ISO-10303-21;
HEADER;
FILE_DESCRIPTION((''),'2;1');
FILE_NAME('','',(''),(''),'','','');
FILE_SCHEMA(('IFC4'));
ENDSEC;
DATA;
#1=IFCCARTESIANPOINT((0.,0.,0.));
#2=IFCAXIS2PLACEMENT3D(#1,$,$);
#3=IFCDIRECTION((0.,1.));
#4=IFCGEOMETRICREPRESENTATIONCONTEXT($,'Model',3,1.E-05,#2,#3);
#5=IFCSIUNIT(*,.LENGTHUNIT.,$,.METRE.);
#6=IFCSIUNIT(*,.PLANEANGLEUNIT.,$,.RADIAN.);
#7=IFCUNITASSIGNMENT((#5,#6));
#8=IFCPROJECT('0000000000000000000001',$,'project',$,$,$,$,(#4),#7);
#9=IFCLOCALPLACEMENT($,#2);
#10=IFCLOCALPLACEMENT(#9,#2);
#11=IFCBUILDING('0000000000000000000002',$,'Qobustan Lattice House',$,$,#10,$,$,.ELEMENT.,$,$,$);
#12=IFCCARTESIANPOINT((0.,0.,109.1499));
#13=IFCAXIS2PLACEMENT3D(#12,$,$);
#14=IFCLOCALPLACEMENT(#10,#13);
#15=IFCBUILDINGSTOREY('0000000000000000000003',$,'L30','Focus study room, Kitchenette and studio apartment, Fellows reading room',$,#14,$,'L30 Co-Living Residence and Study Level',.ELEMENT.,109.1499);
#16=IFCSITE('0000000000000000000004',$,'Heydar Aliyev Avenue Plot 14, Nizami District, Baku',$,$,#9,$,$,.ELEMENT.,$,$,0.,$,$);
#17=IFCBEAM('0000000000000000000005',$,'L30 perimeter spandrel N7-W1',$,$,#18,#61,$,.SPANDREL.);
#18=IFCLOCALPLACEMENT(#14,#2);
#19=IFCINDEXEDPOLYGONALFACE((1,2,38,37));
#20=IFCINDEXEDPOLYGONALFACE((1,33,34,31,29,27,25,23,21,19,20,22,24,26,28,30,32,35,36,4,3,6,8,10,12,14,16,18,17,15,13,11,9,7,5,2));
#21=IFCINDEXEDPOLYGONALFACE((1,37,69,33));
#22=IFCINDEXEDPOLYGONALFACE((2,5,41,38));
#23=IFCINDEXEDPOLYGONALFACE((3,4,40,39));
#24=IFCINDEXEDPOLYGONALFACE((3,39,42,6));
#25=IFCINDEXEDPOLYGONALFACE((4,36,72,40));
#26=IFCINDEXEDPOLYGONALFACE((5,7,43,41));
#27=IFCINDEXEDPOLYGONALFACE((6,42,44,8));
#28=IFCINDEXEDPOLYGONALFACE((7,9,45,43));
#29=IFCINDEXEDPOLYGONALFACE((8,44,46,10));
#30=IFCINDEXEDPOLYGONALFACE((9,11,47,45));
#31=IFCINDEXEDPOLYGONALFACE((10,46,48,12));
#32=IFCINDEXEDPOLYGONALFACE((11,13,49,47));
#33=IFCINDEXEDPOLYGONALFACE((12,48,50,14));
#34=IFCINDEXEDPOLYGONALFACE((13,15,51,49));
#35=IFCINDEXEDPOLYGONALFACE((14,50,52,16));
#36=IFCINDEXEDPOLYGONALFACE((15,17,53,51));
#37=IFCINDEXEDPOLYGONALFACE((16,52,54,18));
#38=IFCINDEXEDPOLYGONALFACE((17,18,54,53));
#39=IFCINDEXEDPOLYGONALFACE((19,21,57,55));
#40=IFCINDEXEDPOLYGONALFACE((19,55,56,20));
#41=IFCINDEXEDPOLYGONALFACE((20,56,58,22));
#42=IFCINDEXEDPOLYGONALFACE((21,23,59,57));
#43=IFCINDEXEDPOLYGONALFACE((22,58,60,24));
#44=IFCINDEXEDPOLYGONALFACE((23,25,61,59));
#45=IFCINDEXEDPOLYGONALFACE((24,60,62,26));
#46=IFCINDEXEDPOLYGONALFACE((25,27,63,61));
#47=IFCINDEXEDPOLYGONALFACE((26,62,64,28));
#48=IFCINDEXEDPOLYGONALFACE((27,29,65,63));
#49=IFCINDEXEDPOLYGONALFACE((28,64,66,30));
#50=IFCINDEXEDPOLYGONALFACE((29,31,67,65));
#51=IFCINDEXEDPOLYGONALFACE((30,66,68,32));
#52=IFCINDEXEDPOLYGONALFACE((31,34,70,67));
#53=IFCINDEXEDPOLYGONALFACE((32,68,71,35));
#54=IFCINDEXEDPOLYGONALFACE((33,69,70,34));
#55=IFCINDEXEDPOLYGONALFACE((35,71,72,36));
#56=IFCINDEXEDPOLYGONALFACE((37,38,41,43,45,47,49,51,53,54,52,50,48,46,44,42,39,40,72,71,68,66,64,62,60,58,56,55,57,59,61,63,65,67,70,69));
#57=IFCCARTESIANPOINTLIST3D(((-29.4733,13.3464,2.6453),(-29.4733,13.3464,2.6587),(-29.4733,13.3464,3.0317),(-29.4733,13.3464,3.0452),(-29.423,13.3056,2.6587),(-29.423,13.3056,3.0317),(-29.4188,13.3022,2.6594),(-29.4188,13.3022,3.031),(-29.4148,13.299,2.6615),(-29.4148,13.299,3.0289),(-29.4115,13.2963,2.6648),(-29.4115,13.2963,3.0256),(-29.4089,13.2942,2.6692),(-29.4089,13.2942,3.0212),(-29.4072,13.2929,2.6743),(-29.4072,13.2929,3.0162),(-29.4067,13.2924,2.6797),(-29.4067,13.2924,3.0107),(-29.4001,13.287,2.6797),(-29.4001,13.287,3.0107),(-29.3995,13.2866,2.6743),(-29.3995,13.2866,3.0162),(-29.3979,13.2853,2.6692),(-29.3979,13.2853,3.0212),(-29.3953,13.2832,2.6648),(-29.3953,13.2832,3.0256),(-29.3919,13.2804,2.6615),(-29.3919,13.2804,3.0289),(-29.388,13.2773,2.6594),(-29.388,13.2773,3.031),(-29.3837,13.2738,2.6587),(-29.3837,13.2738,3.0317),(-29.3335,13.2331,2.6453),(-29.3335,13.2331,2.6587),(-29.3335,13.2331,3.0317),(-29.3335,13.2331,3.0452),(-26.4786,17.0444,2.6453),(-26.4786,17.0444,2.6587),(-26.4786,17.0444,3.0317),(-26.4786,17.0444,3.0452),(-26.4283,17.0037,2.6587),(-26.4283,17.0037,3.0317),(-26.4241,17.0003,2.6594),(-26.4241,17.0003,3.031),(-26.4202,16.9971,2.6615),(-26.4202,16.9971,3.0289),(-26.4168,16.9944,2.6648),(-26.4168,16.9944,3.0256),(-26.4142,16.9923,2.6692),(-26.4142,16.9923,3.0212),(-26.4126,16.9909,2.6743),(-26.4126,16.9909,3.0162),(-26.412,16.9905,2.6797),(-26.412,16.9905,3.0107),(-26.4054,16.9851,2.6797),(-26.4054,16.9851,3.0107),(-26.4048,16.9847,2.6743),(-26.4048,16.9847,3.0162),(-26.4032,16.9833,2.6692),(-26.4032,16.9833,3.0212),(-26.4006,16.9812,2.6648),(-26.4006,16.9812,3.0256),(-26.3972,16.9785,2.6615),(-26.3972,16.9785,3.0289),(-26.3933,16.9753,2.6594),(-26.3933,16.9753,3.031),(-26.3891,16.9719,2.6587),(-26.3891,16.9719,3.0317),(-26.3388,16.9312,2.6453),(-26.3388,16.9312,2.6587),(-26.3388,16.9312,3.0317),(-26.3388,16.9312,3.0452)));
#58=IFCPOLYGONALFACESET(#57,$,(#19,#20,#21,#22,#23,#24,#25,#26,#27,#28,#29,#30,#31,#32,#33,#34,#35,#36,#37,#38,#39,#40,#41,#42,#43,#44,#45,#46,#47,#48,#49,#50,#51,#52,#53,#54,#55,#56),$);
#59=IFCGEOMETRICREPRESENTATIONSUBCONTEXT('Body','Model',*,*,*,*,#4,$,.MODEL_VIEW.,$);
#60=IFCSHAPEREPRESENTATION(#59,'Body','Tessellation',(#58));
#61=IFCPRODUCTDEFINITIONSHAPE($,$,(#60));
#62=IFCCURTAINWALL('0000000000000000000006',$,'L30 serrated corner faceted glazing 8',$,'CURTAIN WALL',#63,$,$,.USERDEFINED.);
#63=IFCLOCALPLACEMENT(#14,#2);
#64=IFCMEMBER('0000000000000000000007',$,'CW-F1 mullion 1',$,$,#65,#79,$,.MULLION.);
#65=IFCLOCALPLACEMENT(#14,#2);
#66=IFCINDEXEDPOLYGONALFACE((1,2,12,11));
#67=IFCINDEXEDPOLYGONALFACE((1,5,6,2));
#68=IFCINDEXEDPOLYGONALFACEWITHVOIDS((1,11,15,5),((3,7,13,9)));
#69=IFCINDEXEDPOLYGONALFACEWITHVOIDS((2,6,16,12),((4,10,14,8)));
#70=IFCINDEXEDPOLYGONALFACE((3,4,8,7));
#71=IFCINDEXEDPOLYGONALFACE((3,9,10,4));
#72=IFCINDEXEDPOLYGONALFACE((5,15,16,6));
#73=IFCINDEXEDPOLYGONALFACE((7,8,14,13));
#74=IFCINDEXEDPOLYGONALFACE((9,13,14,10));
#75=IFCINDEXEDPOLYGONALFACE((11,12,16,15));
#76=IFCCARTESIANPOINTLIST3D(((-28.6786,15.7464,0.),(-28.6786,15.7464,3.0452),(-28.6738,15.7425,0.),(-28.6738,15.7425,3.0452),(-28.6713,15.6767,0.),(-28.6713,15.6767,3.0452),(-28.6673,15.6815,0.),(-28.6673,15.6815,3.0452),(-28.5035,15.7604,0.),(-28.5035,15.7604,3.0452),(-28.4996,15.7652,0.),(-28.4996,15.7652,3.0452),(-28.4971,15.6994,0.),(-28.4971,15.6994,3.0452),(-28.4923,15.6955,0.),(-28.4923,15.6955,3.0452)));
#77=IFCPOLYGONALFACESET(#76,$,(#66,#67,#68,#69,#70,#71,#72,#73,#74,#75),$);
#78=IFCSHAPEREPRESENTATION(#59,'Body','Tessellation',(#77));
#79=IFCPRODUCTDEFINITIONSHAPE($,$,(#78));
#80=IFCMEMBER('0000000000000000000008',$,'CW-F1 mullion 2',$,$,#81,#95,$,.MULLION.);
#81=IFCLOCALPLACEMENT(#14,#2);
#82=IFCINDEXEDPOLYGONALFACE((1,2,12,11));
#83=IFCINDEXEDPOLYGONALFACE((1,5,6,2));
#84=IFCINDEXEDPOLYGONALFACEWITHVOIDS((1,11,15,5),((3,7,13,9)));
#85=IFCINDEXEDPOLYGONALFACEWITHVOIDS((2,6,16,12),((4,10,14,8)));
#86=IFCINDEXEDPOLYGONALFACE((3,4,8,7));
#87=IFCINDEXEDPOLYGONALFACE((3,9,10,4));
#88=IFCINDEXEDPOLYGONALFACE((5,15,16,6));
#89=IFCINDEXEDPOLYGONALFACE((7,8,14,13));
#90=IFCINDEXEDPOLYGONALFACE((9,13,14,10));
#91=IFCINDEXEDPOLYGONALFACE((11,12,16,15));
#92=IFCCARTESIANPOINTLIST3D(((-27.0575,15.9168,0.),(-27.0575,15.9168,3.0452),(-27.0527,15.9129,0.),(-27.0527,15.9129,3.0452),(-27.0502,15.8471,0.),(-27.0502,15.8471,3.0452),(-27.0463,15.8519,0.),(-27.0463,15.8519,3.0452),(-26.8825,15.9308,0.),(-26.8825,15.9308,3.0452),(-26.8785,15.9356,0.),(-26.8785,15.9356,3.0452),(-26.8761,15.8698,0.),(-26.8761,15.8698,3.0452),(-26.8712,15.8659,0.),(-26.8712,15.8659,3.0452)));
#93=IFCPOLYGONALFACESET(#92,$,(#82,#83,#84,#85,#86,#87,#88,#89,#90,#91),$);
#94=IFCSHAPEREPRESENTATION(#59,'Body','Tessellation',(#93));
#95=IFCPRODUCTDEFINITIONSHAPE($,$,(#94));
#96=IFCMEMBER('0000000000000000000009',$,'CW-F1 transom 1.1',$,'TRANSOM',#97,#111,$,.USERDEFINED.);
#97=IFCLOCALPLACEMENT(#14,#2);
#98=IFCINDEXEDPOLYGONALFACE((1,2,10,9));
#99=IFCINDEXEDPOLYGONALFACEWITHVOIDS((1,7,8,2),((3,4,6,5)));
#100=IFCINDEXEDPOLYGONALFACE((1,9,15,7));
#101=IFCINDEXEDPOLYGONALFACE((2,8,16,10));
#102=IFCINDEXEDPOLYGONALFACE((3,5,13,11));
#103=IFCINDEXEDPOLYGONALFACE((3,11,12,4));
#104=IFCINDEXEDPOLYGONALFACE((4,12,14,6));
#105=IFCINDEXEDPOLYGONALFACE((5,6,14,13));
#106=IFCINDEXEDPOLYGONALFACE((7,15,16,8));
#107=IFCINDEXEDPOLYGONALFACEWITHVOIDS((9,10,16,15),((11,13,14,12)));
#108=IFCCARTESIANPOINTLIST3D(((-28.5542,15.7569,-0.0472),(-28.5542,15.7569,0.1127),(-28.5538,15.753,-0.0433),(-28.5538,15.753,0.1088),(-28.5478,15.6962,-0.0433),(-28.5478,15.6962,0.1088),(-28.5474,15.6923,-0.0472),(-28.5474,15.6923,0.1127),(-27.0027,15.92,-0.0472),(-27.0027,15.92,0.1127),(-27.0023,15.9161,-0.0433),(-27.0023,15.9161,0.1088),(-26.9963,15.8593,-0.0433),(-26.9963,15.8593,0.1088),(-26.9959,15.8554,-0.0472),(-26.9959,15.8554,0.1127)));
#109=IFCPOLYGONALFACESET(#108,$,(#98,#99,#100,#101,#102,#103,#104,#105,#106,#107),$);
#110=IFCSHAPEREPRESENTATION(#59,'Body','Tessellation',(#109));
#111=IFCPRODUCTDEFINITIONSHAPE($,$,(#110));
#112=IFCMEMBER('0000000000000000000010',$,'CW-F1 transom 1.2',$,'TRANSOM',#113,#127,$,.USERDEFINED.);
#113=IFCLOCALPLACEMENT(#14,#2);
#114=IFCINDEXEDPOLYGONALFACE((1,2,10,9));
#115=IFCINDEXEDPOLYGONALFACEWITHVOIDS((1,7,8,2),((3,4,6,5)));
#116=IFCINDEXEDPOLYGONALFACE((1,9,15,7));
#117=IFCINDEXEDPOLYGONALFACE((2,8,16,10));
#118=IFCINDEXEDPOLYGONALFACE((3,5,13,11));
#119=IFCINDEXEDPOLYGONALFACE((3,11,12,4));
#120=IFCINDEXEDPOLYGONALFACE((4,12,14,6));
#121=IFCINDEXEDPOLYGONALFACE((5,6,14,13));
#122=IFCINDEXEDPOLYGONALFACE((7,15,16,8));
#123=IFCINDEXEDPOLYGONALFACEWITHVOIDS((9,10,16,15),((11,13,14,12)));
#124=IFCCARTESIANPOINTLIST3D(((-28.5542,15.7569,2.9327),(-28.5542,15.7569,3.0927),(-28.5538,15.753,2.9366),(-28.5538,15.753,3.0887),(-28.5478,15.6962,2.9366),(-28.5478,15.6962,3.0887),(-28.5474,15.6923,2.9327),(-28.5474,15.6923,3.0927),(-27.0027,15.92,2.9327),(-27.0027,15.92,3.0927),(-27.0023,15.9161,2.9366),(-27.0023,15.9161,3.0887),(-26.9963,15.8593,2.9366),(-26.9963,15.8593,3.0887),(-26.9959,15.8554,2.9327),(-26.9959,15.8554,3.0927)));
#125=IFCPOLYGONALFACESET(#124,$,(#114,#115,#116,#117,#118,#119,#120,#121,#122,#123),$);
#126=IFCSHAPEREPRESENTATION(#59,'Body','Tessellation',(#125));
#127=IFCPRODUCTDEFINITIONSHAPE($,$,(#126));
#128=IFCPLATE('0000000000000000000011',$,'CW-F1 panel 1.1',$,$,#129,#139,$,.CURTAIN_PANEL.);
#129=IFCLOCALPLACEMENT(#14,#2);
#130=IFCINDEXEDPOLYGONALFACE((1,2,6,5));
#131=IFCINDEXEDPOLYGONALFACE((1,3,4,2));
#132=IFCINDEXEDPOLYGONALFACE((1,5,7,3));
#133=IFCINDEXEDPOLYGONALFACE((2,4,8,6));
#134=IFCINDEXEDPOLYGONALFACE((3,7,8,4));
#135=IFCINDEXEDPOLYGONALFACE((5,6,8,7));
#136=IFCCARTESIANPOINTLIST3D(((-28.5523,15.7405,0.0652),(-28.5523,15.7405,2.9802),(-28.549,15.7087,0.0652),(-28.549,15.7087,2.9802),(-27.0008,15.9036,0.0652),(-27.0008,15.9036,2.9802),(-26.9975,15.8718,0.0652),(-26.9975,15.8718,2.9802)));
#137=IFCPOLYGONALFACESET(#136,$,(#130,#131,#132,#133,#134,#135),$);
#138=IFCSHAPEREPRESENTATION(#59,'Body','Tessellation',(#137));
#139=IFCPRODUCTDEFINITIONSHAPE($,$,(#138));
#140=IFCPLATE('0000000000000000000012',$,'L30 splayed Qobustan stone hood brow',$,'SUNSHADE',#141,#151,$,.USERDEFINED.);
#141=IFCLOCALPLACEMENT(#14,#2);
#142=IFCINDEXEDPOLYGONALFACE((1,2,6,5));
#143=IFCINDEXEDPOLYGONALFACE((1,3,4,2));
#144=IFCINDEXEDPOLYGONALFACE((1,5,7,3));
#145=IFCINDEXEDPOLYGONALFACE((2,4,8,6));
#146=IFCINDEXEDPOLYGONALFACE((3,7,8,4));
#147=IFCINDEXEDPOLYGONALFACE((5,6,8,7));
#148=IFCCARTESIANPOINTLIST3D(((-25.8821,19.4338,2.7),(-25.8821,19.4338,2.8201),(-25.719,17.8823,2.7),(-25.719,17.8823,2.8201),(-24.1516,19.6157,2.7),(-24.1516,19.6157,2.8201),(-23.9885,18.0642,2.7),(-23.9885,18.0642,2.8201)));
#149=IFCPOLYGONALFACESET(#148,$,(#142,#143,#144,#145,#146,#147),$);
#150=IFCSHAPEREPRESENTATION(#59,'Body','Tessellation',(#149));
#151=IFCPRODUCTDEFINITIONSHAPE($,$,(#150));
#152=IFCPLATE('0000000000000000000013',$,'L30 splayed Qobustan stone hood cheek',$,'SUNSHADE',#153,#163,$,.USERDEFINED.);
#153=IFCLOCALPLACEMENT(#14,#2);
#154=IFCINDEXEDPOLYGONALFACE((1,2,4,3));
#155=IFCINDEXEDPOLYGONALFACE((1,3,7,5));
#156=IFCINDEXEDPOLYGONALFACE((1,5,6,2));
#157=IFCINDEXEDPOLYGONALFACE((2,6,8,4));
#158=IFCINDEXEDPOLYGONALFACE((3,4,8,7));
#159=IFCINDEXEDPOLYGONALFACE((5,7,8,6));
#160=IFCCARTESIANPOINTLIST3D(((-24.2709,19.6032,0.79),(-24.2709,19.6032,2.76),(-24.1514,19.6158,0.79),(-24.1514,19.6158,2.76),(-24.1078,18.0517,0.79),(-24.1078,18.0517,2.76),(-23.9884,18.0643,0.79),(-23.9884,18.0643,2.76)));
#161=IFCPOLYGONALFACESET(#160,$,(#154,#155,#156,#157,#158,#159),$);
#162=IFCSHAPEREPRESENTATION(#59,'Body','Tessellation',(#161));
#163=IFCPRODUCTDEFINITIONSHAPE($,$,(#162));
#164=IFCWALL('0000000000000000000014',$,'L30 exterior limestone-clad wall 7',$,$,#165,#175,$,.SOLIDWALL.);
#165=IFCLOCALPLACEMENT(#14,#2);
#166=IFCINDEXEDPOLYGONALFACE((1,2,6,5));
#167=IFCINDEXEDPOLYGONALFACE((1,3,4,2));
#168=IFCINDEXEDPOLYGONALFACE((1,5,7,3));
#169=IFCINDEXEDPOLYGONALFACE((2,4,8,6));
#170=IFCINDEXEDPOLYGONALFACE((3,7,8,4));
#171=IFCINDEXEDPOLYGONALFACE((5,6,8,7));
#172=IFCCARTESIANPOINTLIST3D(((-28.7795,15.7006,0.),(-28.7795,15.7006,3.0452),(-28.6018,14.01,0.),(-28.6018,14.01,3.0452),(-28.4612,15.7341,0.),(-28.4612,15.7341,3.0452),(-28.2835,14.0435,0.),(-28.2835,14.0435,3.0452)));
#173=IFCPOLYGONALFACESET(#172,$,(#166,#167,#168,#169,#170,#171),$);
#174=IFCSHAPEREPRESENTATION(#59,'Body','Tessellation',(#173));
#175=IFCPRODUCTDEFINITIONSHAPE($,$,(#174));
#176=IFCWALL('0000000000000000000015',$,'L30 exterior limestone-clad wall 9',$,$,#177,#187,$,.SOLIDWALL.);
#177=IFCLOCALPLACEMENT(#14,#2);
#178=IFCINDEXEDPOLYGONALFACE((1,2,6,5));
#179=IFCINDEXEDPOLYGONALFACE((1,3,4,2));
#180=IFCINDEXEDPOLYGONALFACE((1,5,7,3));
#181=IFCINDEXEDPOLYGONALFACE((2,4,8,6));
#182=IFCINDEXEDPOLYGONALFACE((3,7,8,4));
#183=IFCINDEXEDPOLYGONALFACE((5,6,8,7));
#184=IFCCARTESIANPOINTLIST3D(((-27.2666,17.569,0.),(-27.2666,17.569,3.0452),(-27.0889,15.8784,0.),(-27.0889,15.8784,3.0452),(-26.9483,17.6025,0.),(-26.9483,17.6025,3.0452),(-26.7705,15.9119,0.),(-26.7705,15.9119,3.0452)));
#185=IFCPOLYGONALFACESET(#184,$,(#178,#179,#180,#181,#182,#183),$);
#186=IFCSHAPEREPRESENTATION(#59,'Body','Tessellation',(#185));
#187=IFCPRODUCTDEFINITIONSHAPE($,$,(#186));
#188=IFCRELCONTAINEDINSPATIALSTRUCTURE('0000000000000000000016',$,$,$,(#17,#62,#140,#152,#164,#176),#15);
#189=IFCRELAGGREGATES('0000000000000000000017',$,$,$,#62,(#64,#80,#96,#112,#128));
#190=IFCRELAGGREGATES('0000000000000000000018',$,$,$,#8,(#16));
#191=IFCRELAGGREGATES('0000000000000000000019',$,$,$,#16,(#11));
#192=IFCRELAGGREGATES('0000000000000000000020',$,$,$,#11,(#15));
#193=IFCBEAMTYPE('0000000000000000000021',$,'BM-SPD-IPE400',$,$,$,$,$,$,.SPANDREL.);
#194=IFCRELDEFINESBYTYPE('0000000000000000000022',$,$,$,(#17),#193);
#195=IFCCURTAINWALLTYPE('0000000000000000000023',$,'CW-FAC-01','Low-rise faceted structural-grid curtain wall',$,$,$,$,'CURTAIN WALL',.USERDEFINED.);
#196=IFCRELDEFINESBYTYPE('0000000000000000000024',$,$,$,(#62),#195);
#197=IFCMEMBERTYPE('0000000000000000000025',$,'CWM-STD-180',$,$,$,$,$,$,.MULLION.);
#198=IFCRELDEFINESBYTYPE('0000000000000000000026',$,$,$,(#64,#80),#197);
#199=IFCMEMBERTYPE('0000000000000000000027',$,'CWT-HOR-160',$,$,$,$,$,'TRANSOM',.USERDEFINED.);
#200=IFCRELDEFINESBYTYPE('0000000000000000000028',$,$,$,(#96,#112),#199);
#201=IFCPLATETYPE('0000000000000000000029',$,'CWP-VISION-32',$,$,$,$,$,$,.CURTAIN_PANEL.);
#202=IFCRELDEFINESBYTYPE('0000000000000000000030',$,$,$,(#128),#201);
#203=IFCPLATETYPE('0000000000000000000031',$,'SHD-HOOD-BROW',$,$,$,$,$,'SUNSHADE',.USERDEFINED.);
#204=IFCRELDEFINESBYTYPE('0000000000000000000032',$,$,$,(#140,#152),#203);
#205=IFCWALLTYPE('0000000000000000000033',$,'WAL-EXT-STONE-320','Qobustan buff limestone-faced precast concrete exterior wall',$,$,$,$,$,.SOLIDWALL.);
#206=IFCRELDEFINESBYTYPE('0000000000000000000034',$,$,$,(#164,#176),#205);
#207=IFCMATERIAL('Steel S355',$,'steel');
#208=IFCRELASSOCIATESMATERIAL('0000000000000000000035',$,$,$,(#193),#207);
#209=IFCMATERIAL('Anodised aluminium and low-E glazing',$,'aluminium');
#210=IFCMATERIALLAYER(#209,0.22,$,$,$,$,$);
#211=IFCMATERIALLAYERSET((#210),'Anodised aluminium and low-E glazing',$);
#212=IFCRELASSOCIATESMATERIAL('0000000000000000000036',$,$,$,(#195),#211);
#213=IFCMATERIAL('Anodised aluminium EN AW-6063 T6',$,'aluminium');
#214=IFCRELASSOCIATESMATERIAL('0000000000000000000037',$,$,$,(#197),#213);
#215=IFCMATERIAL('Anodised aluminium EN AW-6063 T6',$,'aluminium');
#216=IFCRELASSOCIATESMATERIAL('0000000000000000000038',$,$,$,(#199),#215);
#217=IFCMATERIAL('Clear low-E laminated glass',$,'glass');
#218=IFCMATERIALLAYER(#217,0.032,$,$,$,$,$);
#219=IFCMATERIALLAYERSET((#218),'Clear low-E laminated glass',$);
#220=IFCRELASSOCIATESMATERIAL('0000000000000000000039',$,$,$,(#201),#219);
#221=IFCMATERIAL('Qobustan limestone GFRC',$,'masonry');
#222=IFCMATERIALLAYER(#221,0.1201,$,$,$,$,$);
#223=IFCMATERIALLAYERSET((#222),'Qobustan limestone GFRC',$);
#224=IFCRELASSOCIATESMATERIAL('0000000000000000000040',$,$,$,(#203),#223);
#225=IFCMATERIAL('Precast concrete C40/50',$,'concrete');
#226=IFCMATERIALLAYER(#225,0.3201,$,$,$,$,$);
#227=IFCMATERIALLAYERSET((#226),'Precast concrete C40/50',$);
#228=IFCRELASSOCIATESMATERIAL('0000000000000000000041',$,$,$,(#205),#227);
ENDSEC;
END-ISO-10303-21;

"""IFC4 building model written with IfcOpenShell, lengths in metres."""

from ifc_helpers import new_model, si_unit, direction, frame, frame_2d, origin, origin_2d, place, context, subcontext, project, spatial, rectangle, hollow_rectangle, i_section, extrude, material, layer, layer_set, material_profile, profile_set, type_object, element, aggregate, save


model = new_model("IFC4")

# Units and contexts
model_context = context("Model", 3, precision=1e-05, world=origin(), true_north=direction((0.0, 1.0)))
body_context = subcontext(model_context, "Body", "Model", "MODEL_VIEW")
ifc_project = project(units=[si_unit("LENGTHUNIT", "METRE"), si_unit("PLANEANGLEUNIT", "RADIAN")], contexts=[model_context])

# Site, building, storey
site_placement = place(None, origin())
site = spatial("IfcSite", under=ifc_project, at=site_placement, Name="Heydar Aliyev Avenue Plot 14, Nizami District, Baku", CompositionType="ELEMENT", RefElevation=0.0)
building_placement = place(site_placement, origin())
building = spatial("IfcBuilding", under=site, at=building_placement, Name="Qobustan Lattice House", CompositionType="ELEMENT")
storey_placement = place(building_placement, frame((0.0, 0.0, 109.1499)))
storey = spatial("IfcBuildingStorey", under=building, at=storey_placement, Name="L30", Description="Focus study room, Kitchenette and studio apartment, Fellows reading room", LongName="L30 Co-Living Residence and Study Level", CompositionType="ELEMENT", Elevation=109.1499)

# Beam
ifc_material_1 = material(Name="Steel S355", Category="steel")
ifc_material_profile_1 = material_profile(ifc_material_1, i_section(OverallWidth=0.1799, OverallDepth=0.3999, WebThickness=0.0085, FlangeThickness=0.0134, FilletRadius=0.021, at=origin_2d()), Name="IPE400")
ifc_profile_set_1 = profile_set([ifc_material_profile_1], Name="Steel S355")
beam_type_1 = type_object("IfcBeamType", Name="BM-SPD-IPE400", PredefinedType="SPANDREL", material=ifc_profile_set_1)
beam_1_placement = place(storey_placement, frame((-26.4087, 16.9878, 2.8452), z_axis=(-0.629327, -0.777141, 0.0), x_axis=(0.777141, -0.629327, 0.0)))
element("IfcBeam", 1, at=beam_1_placement, inside=storey, type_object=beam_type_1, Name="L30 perimeter spandrel N7-W1", PredefinedType="SPANDREL", context=body_context, shape_type="SweptSolid", body=[
    extrude(i_section(OverallWidth=0.1799, OverallDepth=0.3999, WebThickness=0.0085, FlangeThickness=0.0134, FilletRadius=0.021, at=origin_2d()), origin(), (0.0, 0.0, 1.0), 4.7585),
])

# Curtain wall, members, plate
ifc_material_2 = material(Name="Anodised aluminium and low-E glazing", Category="aluminium")
ifc_layer_1 = layer(ifc_material_2, 0.22)
ifc_layer_set_1 = layer_set([ifc_layer_1], Name="Anodised aluminium and low-E glazing")
curtain_wall_type = type_object("IfcCurtainWallType", Name="CW-FAC-01", Description="Low-rise faceted structural-grid curtain wall", ElementType="CURTAIN WALL", PredefinedType="USERDEFINED", material=ifc_layer_set_1)
curtain_wall_placement = place(storey_placement, origin())
curtain_wall = element("IfcCurtainWall", 2, at=curtain_wall_placement, inside=storey, type_object=curtain_wall_type, Name="L30 serrated corner faceted glazing 8", ObjectType="CURTAIN WALL", PredefinedType="USERDEFINED")
ifc_material_3 = material(Name="Anodised aluminium EN AW-6063 T6", Category="aluminium")
ifc_material_profile_2 = material_profile(ifc_material_3, hollow_rectangle(XDim=0.0701, YDim=0.1799, WallThickness=0.0044, at=origin_2d()), Name="CWM-180x70")
ifc_profile_set_2 = profile_set([ifc_material_profile_2], Name="Anodised aluminium EN AW-6063 T6")
member_type_1 = type_object("IfcMemberType", Name="CWM-STD-180", PredefinedType="MULLION", material=ifc_profile_set_2)
member_1_placement = place(storey_placement, frame((-28.5854, 15.7209, 0.0), z_axis=(0.0, 0.0, 1.0), x_axis=(-0.104529, 0.994522, 0.0)))
member_1 = element("IfcMember", 3, at=member_1_placement, type_object=member_type_1, Name="CW-F1 mullion 1", PredefinedType="MULLION", context=body_context, shape_type="SweptSolid", body=[
    extrude(hollow_rectangle(XDim=0.0701, YDim=0.1799, WallThickness=0.0044, at=origin_2d()), origin(), (0.0, 0.0, 1.0), 3.0452),
])
member_2_placement = place(storey_placement, frame((-26.9644, 15.8914, 0.0), z_axis=(0.0, 0.0, 1.0), x_axis=(-0.104529, 0.994522, 0.0)))
member_2 = element("IfcMember", 4, at=member_2_placement, type_object=member_type_1, Name="CW-F1 mullion 2", PredefinedType="MULLION", context=body_context, shape_type="SweptSolid", body=[
    extrude(hollow_rectangle(XDim=0.0701, YDim=0.1799, WallThickness=0.0044, at=origin_2d()), origin(), (0.0, 0.0, 1.0), 3.0452),
])
ifc_material_4 = material(Name="Anodised aluminium EN AW-6063 T6", Category="aluminium")
ifc_material_profile_3 = material_profile(ifc_material_4, hollow_rectangle(XDim=0.0649, YDim=0.1599, WallThickness=0.0039, at=origin_2d()), Name="CWT-160x65")
ifc_profile_set_3 = profile_set([ifc_material_profile_3], Name="Anodised aluminium EN AW-6063 T6")
member_type_2 = type_object("IfcMemberType", Name="CWT-HOR-160", ElementType="TRANSOM", PredefinedType="USERDEFINED", material=ifc_profile_set_3)
member_3_placement = place(storey_placement, frame((-28.5508, 15.7246, 0.0327), z_axis=(0.994521, 0.104538, 0.0), x_axis=(-0.104538, 0.994521, 0.0)))
member_3 = element("IfcMember", 5, at=member_3_placement, type_object=member_type_2, Name="CW-F1 transom 1.1", ObjectType="TRANSOM", PredefinedType="USERDEFINED", context=body_context, shape_type="SweptSolid", body=[
    extrude(hollow_rectangle(XDim=0.0649, YDim=0.1599, WallThickness=0.0039, at=origin_2d()), origin(), (0.0, 0.0, 1.0), 1.5601),
])
member_4_placement = place(storey_placement, frame((-28.5508, 15.7246, 3.0127), z_axis=(0.994521, 0.104538, 0.0), x_axis=(-0.104538, 0.994521, 0.0)))
member_4 = element("IfcMember", 6, at=member_4_placement, type_object=member_type_2, Name="CW-F1 transom 1.2", ObjectType="TRANSOM", PredefinedType="USERDEFINED", context=body_context, shape_type="SweptSolid", body=[
    extrude(hollow_rectangle(XDim=0.0649, YDim=0.1599, WallThickness=0.0039, at=origin_2d()), origin(), (0.0, 0.0, 1.0), 1.5601),
])
ifc_material_5 = material(Name="Clear low-E laminated glass", Category="glass")
ifc_layer_2 = layer(ifc_material_5, 0.032)
ifc_layer_set_2 = layer_set([ifc_layer_2], Name="Clear low-E laminated glass")
plate_type_1 = type_object("IfcPlateType", Name="CWP-VISION-32", PredefinedType="CURTAIN_PANEL", material=ifc_layer_set_2)
plate_1_placement = place(storey_placement, frame((-27.7749, 15.8062, 0.0652), z_axis=(0.0, 0.0, 1.0), x_axis=(0.994522, 0.104529, 0.0)))
plate_1 = element("IfcPlate", 7, at=plate_1_placement, type_object=plate_type_1, Name="CW-F1 panel 1.1", PredefinedType="CURTAIN_PANEL", context=body_context, shape_type="SweptSolid", body=[
    extrude(rectangle(XDim=1.5601, YDim=0.032, at=origin_2d()), origin(), (0.0, 0.0, 1.0), 2.915),
])
aggregate(curtain_wall, [member_1, member_2, member_3, member_4, plate_1])

# Plates
ifc_material_6 = material(Name="Qobustan limestone GFRC", Category="masonry")
ifc_layer_3 = layer(ifc_material_6, 0.1201)
ifc_layer_set_3 = layer_set([ifc_layer_3], Name="Qobustan limestone GFRC")
plate_type_2 = type_object("IfcPlateType", Name="SHD-HOOD-BROW", ElementType="SUNSHADE", PredefinedType="USERDEFINED", material=ifc_layer_set_3)
plate_2_placement = place(storey_placement, frame((-24.9353, 18.749, 2.7), z_axis=(0.0, 0.0, 1.0), x_axis=(0.994522, 0.104528, 0.0)))
element("IfcPlate", 8, at=plate_2_placement, inside=storey, type_object=plate_type_2, Name="L30 splayed Qobustan stone hood brow", ObjectType="SUNSHADE", PredefinedType="USERDEFINED", context=body_context, shape_type="SweptSolid", body=[
    extrude(rectangle(XDim=1.74, YDim=1.5601, at=origin_2d()), origin(), (0.0, 0.0, 1.0), 0.1201),
])
plate_3_placement = place(storey_placement, frame((-24.1296, 18.8337, 0.79), z_axis=(0.0, 0.0, 1.0), x_axis=(0.994522, 0.104528, 0.0)))
element("IfcPlate", 9, at=plate_3_placement, inside=storey, type_object=plate_type_2, Name="L30 splayed Qobustan stone hood cheek", ObjectType="SUNSHADE", PredefinedType="USERDEFINED", context=body_context, shape_type="SweptSolid", body=[
    extrude(rectangle(XDim=0.1201, YDim=1.5601, at=origin_2d()), origin(), (0.0, 0.0, 1.0), 1.97),
])

# Walls
ifc_material_7 = material(Name="Precast concrete C40/50", Category="concrete")
ifc_layer_4 = layer(ifc_material_7, 0.3201)
ifc_layer_set_4 = layer_set([ifc_layer_4], Name="Precast concrete C40/50")
wall_type_1 = type_object("IfcWallType", Name="WAL-EXT-STONE-320", Description="Qobustan buff limestone-faced precast concrete exterior wall", PredefinedType="SOLIDWALL", material=ifc_layer_set_4)
for number, where, z_axis, x_axis, name in (
    (10, (-28.4426, 14.0266, 0.0), (0.0, 0.0, 1.0), (-0.10455, 0.99452, 0.0), "L30 exterior limestone-clad wall 7"),
    (11, (-26.9297, 15.895, 0.0), (0.0, 0.0, 1.0), (-0.10455, 0.99452, 0.0), "L30 exterior limestone-clad wall 9"),
):
    element("IfcWall", number, at=place(storey_placement, frame(where, z_axis=z_axis, x_axis=x_axis)), inside=storey, type_object=wall_type_1, Name=name, PredefinedType="SOLIDWALL", context=body_context, shape_type="SweptSolid", body=[
        extrude(rectangle(XDim=1.7, YDim=0.3201, at=frame_2d((0.8501, 0.0))), origin(), (0.0, 0.0, 1.0), 3.0452),
    ])

save(model, "model.ifc")
